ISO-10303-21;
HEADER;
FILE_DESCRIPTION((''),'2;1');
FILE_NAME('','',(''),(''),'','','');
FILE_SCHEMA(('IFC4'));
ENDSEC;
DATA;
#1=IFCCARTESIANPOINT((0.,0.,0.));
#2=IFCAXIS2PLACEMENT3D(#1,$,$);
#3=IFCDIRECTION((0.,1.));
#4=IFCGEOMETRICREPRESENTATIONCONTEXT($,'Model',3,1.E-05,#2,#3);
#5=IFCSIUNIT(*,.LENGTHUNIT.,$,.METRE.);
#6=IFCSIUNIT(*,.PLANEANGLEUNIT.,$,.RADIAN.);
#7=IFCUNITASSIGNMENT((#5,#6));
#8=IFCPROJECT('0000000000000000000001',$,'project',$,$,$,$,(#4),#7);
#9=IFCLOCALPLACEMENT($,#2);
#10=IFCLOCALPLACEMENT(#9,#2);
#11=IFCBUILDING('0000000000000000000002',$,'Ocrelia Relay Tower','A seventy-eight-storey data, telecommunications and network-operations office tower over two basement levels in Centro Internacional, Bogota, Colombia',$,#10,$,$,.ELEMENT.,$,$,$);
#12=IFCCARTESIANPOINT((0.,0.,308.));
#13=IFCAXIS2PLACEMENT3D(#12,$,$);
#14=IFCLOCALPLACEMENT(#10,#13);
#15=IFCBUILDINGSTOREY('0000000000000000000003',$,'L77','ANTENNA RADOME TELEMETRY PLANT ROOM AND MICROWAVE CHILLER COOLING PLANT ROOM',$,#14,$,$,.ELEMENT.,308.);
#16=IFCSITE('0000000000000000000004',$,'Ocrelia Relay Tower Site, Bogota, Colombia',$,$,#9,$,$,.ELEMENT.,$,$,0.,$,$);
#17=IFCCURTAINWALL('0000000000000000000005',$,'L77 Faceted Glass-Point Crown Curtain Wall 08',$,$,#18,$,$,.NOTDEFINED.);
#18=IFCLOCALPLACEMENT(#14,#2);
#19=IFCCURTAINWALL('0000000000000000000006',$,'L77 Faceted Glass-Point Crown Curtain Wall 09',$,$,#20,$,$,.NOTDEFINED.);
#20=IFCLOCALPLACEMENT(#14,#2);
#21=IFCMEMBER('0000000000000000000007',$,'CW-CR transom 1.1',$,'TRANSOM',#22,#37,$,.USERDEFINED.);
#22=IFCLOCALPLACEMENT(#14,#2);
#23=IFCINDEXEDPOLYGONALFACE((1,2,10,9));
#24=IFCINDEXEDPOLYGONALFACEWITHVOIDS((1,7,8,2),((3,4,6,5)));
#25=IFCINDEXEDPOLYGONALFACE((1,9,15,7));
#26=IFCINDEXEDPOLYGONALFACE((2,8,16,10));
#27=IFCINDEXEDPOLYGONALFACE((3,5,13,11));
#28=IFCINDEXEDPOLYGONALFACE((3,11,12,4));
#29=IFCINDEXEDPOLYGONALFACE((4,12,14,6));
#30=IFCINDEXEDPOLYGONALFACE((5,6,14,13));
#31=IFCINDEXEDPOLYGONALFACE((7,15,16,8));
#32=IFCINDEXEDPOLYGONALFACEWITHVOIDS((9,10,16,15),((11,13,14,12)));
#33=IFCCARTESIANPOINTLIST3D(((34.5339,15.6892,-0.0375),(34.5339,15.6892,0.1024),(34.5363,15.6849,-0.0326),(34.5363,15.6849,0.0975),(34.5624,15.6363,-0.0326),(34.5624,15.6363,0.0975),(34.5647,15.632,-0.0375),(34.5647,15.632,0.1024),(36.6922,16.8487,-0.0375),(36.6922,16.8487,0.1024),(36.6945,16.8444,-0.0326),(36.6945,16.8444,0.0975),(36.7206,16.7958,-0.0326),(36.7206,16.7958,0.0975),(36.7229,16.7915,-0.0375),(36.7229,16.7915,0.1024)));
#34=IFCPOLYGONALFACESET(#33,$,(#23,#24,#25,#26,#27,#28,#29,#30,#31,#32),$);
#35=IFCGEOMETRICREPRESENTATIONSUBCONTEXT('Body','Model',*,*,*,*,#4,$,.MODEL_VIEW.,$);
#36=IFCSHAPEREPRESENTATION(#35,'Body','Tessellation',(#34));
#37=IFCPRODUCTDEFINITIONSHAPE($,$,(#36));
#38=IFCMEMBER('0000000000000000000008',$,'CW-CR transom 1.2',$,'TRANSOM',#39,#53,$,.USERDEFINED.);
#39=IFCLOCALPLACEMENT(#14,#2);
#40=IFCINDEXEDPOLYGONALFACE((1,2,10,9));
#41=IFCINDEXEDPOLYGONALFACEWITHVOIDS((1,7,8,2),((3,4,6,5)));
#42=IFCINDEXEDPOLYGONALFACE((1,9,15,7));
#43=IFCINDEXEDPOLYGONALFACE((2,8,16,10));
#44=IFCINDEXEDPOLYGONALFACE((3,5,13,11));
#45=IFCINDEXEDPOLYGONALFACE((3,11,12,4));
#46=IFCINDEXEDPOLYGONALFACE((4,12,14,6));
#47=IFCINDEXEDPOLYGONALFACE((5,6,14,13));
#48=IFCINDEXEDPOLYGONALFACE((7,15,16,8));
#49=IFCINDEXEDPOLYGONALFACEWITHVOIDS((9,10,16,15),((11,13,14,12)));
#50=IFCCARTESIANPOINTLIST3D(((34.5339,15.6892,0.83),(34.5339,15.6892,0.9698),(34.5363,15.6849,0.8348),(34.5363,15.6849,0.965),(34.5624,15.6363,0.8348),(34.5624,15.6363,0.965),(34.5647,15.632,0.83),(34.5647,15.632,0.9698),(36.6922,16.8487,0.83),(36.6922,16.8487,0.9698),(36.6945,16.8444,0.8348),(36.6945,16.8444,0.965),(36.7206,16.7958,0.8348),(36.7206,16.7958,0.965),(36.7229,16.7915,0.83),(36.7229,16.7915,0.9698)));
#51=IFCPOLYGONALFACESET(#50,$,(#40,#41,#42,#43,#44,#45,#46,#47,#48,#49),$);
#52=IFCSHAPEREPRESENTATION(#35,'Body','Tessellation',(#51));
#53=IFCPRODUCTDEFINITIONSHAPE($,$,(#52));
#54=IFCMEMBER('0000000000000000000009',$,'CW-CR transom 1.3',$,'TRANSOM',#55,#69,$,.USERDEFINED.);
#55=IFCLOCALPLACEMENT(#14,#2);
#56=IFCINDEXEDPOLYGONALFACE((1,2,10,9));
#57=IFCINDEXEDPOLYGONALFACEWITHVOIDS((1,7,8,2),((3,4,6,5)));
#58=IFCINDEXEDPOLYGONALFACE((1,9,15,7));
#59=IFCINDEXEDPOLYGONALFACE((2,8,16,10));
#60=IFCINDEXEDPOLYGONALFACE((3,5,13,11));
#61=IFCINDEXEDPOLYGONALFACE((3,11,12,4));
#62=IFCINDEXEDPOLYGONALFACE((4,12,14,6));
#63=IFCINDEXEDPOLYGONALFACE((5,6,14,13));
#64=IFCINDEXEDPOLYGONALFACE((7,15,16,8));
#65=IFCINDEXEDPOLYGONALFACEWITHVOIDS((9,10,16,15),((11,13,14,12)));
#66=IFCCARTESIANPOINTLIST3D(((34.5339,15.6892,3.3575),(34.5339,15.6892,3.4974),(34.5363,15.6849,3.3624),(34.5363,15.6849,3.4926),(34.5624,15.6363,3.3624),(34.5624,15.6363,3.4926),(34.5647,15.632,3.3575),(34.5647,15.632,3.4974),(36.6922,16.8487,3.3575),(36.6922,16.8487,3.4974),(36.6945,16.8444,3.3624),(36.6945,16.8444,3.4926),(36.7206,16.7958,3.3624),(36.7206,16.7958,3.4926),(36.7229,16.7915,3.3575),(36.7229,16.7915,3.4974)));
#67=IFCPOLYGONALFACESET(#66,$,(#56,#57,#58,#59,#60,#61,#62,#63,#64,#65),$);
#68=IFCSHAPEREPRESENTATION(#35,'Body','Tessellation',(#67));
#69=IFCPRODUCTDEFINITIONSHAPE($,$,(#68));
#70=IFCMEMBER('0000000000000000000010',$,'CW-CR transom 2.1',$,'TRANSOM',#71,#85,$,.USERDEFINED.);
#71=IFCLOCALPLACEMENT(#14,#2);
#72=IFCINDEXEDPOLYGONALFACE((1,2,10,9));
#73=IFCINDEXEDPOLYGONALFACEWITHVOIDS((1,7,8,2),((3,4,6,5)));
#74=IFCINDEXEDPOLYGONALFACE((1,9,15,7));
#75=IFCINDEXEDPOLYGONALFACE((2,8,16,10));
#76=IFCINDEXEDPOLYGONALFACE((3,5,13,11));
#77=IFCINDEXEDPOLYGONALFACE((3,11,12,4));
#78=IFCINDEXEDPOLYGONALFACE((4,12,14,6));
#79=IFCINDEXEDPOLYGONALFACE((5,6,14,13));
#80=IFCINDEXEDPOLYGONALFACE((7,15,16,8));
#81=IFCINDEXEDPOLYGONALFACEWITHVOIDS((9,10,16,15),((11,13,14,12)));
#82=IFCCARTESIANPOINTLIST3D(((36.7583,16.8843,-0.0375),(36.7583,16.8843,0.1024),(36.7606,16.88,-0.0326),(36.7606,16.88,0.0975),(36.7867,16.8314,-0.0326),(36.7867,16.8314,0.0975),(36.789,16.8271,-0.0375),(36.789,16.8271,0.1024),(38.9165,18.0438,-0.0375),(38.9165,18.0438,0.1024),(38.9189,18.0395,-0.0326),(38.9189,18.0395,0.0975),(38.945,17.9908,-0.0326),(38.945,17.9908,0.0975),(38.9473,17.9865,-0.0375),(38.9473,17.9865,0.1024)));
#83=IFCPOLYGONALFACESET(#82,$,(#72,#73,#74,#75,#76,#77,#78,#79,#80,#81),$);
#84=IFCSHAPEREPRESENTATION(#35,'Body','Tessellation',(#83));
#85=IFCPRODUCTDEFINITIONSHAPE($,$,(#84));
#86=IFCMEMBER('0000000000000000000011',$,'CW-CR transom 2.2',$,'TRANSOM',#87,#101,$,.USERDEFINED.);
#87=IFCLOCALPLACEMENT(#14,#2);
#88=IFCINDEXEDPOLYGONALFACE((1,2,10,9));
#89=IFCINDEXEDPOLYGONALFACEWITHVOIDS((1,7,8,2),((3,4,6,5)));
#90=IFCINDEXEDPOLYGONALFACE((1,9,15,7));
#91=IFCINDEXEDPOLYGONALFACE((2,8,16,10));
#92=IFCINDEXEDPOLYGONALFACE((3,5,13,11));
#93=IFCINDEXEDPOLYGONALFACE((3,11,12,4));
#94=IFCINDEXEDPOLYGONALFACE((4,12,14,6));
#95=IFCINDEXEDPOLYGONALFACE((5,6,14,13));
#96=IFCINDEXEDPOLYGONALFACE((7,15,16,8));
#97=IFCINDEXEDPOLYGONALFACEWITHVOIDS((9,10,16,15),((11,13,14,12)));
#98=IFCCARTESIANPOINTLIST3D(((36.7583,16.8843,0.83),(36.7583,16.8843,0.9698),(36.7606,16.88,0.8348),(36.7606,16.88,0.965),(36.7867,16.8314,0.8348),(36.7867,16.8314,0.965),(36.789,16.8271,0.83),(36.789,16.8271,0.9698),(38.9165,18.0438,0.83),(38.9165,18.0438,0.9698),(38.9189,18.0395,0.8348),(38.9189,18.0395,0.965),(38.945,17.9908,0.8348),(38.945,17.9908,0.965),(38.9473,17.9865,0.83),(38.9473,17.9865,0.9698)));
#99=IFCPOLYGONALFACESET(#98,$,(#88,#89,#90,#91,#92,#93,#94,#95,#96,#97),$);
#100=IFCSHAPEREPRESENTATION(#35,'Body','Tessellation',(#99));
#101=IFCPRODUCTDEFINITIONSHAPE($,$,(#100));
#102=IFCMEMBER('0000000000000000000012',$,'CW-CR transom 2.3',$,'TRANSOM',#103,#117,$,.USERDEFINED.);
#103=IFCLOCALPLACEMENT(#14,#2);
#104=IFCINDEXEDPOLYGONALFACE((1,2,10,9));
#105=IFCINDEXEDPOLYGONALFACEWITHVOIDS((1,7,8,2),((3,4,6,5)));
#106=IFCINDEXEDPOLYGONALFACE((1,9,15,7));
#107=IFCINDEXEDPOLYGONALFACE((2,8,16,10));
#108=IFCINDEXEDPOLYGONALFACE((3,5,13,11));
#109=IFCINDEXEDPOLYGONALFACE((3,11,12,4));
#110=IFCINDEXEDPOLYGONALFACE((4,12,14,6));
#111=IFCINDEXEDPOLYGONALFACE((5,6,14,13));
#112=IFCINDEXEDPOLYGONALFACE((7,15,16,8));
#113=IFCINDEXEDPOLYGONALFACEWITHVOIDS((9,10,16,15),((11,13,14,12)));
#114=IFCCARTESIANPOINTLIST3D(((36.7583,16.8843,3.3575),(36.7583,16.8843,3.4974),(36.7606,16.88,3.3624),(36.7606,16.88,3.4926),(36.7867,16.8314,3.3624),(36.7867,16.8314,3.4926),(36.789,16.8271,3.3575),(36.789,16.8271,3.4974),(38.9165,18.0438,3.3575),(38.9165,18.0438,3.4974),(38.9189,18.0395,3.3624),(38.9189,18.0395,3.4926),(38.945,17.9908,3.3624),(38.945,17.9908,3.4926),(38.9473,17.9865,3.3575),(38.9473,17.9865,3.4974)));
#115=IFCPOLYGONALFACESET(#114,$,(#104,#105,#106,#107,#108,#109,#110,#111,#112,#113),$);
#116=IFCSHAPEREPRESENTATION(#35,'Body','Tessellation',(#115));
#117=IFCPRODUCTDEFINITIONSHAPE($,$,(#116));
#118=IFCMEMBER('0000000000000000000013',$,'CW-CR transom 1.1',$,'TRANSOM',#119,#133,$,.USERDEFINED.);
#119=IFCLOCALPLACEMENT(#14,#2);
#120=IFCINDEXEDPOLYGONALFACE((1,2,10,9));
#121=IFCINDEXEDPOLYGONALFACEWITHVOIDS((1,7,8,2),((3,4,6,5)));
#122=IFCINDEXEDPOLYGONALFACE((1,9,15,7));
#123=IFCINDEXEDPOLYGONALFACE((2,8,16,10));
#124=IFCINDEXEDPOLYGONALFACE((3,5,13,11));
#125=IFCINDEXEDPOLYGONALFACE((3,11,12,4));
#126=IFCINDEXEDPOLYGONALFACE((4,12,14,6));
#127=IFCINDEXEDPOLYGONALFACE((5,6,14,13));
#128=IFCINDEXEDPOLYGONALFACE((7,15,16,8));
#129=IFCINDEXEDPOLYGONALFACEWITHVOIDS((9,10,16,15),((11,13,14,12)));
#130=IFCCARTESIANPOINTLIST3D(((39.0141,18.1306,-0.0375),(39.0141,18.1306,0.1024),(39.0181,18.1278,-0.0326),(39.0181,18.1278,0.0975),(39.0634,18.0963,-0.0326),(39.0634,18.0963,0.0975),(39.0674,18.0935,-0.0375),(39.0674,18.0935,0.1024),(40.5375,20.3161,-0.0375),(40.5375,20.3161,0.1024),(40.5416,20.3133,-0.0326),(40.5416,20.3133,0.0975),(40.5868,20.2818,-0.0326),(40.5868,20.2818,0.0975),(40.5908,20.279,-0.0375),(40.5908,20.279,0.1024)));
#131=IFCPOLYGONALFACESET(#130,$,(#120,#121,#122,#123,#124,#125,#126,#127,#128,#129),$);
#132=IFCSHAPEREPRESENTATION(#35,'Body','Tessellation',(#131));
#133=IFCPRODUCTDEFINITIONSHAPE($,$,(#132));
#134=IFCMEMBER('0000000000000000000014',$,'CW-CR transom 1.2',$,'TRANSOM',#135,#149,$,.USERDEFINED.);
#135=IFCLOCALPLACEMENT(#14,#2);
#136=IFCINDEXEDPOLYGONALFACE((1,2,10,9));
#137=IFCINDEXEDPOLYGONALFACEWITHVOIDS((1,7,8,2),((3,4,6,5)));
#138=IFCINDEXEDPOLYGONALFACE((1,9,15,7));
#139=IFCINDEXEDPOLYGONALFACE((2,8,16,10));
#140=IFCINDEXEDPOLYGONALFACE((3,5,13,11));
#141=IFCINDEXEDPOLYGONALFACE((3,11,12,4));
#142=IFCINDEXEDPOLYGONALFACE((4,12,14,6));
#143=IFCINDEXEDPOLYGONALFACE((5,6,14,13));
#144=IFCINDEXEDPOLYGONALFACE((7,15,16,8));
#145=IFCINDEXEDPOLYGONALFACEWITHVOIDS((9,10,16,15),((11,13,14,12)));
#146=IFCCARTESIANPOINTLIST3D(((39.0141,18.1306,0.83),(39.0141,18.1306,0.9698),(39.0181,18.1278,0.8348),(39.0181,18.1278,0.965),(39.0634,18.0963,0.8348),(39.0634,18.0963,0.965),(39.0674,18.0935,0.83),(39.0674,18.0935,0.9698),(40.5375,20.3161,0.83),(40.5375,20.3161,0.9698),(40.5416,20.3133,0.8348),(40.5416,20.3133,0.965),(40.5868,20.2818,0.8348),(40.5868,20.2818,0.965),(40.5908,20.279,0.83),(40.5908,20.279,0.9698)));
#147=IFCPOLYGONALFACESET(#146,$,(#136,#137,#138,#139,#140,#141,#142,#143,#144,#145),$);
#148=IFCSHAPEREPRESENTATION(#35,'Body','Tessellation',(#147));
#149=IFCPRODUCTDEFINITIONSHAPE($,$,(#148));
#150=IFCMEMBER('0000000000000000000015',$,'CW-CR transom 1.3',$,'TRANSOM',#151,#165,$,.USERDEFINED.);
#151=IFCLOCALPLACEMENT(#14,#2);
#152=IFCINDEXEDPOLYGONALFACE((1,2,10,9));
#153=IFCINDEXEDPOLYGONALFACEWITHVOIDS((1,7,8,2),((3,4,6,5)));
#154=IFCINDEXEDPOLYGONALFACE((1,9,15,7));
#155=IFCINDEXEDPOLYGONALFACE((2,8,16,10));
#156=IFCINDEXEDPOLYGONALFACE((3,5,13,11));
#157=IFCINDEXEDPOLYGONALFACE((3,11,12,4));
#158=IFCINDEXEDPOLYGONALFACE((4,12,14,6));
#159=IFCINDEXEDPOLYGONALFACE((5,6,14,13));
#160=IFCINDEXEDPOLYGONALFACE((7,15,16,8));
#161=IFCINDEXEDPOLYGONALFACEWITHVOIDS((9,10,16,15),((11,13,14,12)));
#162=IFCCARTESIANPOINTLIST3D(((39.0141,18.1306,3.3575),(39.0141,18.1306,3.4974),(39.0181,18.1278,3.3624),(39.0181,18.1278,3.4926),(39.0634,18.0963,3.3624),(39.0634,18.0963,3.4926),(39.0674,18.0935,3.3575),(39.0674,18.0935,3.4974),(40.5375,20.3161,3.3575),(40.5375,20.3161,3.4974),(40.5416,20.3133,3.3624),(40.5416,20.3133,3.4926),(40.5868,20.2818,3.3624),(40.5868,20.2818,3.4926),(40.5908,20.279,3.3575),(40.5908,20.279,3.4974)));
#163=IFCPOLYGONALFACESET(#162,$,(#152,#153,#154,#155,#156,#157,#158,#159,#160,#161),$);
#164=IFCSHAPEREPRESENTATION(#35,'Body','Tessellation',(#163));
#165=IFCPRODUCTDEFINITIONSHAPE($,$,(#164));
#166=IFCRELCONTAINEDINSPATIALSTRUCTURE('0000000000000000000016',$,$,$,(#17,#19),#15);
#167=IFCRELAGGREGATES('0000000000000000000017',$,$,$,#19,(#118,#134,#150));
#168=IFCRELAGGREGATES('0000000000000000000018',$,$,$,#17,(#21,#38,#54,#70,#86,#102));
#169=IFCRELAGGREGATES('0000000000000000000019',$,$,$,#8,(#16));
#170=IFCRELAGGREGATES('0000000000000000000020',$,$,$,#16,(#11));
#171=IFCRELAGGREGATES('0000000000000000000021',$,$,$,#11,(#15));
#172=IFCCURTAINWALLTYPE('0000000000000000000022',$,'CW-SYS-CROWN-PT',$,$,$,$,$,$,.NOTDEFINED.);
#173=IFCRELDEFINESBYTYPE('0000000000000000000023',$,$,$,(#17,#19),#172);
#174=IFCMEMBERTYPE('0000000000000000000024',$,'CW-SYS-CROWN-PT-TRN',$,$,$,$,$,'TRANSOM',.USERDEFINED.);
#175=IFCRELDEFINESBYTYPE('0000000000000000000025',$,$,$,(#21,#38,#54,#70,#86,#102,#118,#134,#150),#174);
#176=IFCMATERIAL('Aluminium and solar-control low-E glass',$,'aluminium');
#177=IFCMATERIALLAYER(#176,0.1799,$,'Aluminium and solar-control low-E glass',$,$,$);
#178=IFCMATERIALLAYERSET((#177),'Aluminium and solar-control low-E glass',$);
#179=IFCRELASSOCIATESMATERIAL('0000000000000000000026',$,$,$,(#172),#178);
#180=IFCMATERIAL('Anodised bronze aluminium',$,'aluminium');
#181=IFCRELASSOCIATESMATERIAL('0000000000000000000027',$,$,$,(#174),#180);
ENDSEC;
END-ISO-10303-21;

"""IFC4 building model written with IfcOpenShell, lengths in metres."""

from ifc_helpers import new_model, si_unit, direction, frame, origin, origin_2d, place, context, subcontext, project, spatial, hollow_rectangle, extrude, material, layer, layer_set, material_profile, profile_set, type_object, element, aggregate, save


model = new_model("IFC4")

# Units and contexts
model_context = context("Model", 3, precision=1e-05, world=origin(), true_north=direction((0.0, 1.0)))
body_context = subcontext(model_context, "Body", "Model", "MODEL_VIEW")
ifc_project = project(units=[si_unit("LENGTHUNIT", "METRE"), si_unit("PLANEANGLEUNIT", "RADIAN")], contexts=[model_context])

# Site, building, storey
site_placement = place(None, origin())
site = spatial("IfcSite", under=ifc_project, at=site_placement, Name="Ocrelia Relay Tower Site, Bogota, Colombia", CompositionType="ELEMENT", RefElevation=0.0)
building_placement = place(site_placement, origin())
building = spatial("IfcBuilding", under=site, at=building_placement, Name="Ocrelia Relay Tower", Description="A seventy-eight-storey data, telecommunications and network-operations office tower over two basement levels in Centro Internacional, Bogota, Colombia", CompositionType="ELEMENT")
storey_placement = place(building_placement, frame((0.0, 0.0, 308.0)))
storey = spatial("IfcBuildingStorey", under=building, at=storey_placement, Name="L77", Description="ANTENNA RADOME TELEMETRY PLANT ROOM AND MICROWAVE CHILLER COOLING PLANT ROOM", CompositionType="ELEMENT", Elevation=308.0)

# Shared definitions
ifc_material_1 = material(Name="Aluminium and solar-control low-E glass", Category="aluminium")
ifc_layer_1 = layer(ifc_material_1, 0.1799, Name="Aluminium and solar-control low-E glass")
ifc_layer_set_1 = layer_set([ifc_layer_1], Name="Aluminium and solar-control low-E glass")
curtain_wall_type = type_object("IfcCurtainWallType", Name="CW-SYS-CROWN-PT", PredefinedType="NOTDEFINED", material=ifc_layer_set_1)
ifc_material_2 = material(Name="Anodised bronze aluminium", Category="aluminium")

# Curtain wall
curtain_wall_1_placement = place(storey_placement, origin())
curtain_wall_1 = element("IfcCurtainWall", 1, at=curtain_wall_1_placement, inside=storey, type_object=curtain_wall_type, Name="L77 Faceted Glass-Point Crown Curtain Wall 08", PredefinedType="NOTDEFINED")

# Curtain wall
curtain_wall_2_placement = place(storey_placement, origin())
curtain_wall_2 = element("IfcCurtainWall", 2, at=curtain_wall_2_placement, inside=storey, type_object=curtain_wall_type, Name="L77 Faceted Glass-Point Crown Curtain Wall 09", PredefinedType="NOTDEFINED")

# Members
ifc_material_profile_1 = material_profile(ifc_material_2, hollow_rectangle(XDim=0.0649, YDim=0.1399, WallThickness=0.0049, at=origin_2d()), Name="CW-TRN-140x65")
ifc_profile_set_1 = profile_set([ifc_material_profile_1], Name="Anodised bronze aluminium")
member_type_1 = type_object("IfcMemberType", Name="CW-SYS-CROWN-PT-TRN", ElementType="TRANSOM", PredefinedType="USERDEFINED", material=ifc_profile_set_1)
member_1_placement = place(storey_placement, frame((34.5493, 15.6606, 0.0325), z_axis=(0.880928, 0.47325, 0.0), x_axis=(-0.47325, 0.880928, 0.0)))
member_1 = element("IfcMember", 3, at=member_1_placement, type_object=member_type_1, Name="CW-CR transom 1.1", ObjectType="TRANSOM", PredefinedType="USERDEFINED", context=body_context, shape_type="SweptSolid", body=[
    extrude(hollow_rectangle(XDim=0.0649, YDim=0.1399, WallThickness=0.0049, at=origin_2d()), origin(), (0.0, 0.0, 1.0), 2.45),
])
member_2_placement = place(storey_placement, frame((34.5493, 15.6606, 0.8999), z_axis=(0.880928, 0.47325, 0.0), x_axis=(-0.47325, 0.880928, 0.0)))
member_2 = element("IfcMember", 4, at=member_2_placement, type_object=member_type_1, Name="CW-CR transom 1.2", ObjectType="TRANSOM", PredefinedType="USERDEFINED", context=body_context, shape_type="SweptSolid", body=[
    extrude(hollow_rectangle(XDim=0.0649, YDim=0.1399, WallThickness=0.0049, at=origin_2d()), origin(), (0.0, 0.0, 1.0), 2.45),
])
member_3_placement = place(storey_placement, frame((34.5493, 15.6606, 3.4275), z_axis=(0.880928, 0.47325, 0.0), x_axis=(-0.47325, 0.880928, 0.0)))
member_3 = element("IfcMember", 5, at=member_3_placement, type_object=member_type_1, Name="CW-CR transom 1.3", ObjectType="TRANSOM", PredefinedType="USERDEFINED", context=body_context, shape_type="SweptSolid", body=[
    extrude(hollow_rectangle(XDim=0.0649, YDim=0.1399, WallThickness=0.0049, at=origin_2d()), origin(), (0.0, 0.0, 1.0), 2.45),
])
member_4_placement = place(storey_placement, frame((36.7737, 16.8557, 0.0325), z_axis=(0.880928, 0.47325, 0.0), x_axis=(-0.47325, 0.880928, 0.0)))
member_4 = element("IfcMember", 6, at=member_4_placement, type_object=member_type_1, Name="CW-CR transom 2.1", ObjectType="TRANSOM", PredefinedType="USERDEFINED", context=body_context, shape_type="SweptSolid", body=[
    extrude(hollow_rectangle(XDim=0.0649, YDim=0.1399, WallThickness=0.0049, at=origin_2d()), origin(), (0.0, 0.0, 1.0), 2.45),
])
member_5_placement = place(storey_placement, frame((36.7737, 16.8557, 0.8999), z_axis=(0.880928, 0.47325, 0.0), x_axis=(-0.47325, 0.880928, 0.0)))
member_5 = element("IfcMember", 7, at=member_5_placement, type_object=member_type_1, Name="CW-CR transom 2.2", ObjectType="TRANSOM", PredefinedType="USERDEFINED", context=body_context, shape_type="SweptSolid", body=[
    extrude(hollow_rectangle(XDim=0.0649, YDim=0.1399, WallThickness=0.0049, at=origin_2d()), origin(), (0.0, 0.0, 1.0), 2.45),
])
member_6_placement = place(storey_placement, frame((36.7737, 16.8557, 3.4275), z_axis=(0.880928, 0.47325, 0.0), x_axis=(-0.47325, 0.880928, 0.0)))
member_6 = element("IfcMember", 8, at=member_6_placement, type_object=member_type_1, Name="CW-CR transom 2.3", ObjectType="TRANSOM", PredefinedType="USERDEFINED", context=body_context, shape_type="SweptSolid", body=[
    extrude(hollow_rectangle(XDim=0.0649, YDim=0.1399, WallThickness=0.0049, at=origin_2d()), origin(), (0.0, 0.0, 1.0), 2.45),
])
member_7_placement = place(storey_placement, frame((39.0408, 18.1121, 0.0325), z_axis=(0.571838, 0.820367, 0.0), x_axis=(-0.820367, 0.571838, 0.0)))
member_7 = element("IfcMember", 9, at=member_7_placement, type_object=member_type_1, Name="CW-CR transom 1.1", ObjectType="TRANSOM", PredefinedType="USERDEFINED", context=body_context, shape_type="SweptSolid", body=[
    extrude(hollow_rectangle(XDim=0.0649, YDim=0.1399, WallThickness=0.0049, at=origin_2d()), origin(), (0.0, 0.0, 1.0), 2.6641),
])
member_8_placement = place(storey_placement, frame((39.0408, 18.1121, 0.8999), z_axis=(0.571838, 0.820367, 0.0), x_axis=(-0.820367, 0.571838, 0.0)))
member_8 = element("IfcMember", 10, at=member_8_placement, type_object=member_type_1, Name="CW-CR transom 1.2", ObjectType="TRANSOM", PredefinedType="USERDEFINED", context=body_context, shape_type="SweptSolid", body=[
    extrude(hollow_rectangle(XDim=0.0649, YDim=0.1399, WallThickness=0.0049, at=origin_2d()), origin(), (0.0, 0.0, 1.0), 2.6641),
])
member_9_placement = place(storey_placement, frame((39.0408, 18.1121, 3.4275), z_axis=(0.571838, 0.820367, 0.0), x_axis=(-0.820367, 0.571838, 0.0)))
member_9 = element("IfcMember", 11, at=member_9_placement, type_object=member_type_1, Name="CW-CR transom 1.3", ObjectType="TRANSOM", PredefinedType="USERDEFINED", context=body_context, shape_type="SweptSolid", body=[
    extrude(hollow_rectangle(XDim=0.0649, YDim=0.1399, WallThickness=0.0049, at=origin_2d()), origin(), (0.0, 0.0, 1.0), 2.6641),
])
aggregate(curtain_wall_2, [member_7, member_8, member_9])

aggregate(curtain_wall_1, [member_1, member_2, member_3, member_4, member_5, member_6])

save(model, "model.ifc")
